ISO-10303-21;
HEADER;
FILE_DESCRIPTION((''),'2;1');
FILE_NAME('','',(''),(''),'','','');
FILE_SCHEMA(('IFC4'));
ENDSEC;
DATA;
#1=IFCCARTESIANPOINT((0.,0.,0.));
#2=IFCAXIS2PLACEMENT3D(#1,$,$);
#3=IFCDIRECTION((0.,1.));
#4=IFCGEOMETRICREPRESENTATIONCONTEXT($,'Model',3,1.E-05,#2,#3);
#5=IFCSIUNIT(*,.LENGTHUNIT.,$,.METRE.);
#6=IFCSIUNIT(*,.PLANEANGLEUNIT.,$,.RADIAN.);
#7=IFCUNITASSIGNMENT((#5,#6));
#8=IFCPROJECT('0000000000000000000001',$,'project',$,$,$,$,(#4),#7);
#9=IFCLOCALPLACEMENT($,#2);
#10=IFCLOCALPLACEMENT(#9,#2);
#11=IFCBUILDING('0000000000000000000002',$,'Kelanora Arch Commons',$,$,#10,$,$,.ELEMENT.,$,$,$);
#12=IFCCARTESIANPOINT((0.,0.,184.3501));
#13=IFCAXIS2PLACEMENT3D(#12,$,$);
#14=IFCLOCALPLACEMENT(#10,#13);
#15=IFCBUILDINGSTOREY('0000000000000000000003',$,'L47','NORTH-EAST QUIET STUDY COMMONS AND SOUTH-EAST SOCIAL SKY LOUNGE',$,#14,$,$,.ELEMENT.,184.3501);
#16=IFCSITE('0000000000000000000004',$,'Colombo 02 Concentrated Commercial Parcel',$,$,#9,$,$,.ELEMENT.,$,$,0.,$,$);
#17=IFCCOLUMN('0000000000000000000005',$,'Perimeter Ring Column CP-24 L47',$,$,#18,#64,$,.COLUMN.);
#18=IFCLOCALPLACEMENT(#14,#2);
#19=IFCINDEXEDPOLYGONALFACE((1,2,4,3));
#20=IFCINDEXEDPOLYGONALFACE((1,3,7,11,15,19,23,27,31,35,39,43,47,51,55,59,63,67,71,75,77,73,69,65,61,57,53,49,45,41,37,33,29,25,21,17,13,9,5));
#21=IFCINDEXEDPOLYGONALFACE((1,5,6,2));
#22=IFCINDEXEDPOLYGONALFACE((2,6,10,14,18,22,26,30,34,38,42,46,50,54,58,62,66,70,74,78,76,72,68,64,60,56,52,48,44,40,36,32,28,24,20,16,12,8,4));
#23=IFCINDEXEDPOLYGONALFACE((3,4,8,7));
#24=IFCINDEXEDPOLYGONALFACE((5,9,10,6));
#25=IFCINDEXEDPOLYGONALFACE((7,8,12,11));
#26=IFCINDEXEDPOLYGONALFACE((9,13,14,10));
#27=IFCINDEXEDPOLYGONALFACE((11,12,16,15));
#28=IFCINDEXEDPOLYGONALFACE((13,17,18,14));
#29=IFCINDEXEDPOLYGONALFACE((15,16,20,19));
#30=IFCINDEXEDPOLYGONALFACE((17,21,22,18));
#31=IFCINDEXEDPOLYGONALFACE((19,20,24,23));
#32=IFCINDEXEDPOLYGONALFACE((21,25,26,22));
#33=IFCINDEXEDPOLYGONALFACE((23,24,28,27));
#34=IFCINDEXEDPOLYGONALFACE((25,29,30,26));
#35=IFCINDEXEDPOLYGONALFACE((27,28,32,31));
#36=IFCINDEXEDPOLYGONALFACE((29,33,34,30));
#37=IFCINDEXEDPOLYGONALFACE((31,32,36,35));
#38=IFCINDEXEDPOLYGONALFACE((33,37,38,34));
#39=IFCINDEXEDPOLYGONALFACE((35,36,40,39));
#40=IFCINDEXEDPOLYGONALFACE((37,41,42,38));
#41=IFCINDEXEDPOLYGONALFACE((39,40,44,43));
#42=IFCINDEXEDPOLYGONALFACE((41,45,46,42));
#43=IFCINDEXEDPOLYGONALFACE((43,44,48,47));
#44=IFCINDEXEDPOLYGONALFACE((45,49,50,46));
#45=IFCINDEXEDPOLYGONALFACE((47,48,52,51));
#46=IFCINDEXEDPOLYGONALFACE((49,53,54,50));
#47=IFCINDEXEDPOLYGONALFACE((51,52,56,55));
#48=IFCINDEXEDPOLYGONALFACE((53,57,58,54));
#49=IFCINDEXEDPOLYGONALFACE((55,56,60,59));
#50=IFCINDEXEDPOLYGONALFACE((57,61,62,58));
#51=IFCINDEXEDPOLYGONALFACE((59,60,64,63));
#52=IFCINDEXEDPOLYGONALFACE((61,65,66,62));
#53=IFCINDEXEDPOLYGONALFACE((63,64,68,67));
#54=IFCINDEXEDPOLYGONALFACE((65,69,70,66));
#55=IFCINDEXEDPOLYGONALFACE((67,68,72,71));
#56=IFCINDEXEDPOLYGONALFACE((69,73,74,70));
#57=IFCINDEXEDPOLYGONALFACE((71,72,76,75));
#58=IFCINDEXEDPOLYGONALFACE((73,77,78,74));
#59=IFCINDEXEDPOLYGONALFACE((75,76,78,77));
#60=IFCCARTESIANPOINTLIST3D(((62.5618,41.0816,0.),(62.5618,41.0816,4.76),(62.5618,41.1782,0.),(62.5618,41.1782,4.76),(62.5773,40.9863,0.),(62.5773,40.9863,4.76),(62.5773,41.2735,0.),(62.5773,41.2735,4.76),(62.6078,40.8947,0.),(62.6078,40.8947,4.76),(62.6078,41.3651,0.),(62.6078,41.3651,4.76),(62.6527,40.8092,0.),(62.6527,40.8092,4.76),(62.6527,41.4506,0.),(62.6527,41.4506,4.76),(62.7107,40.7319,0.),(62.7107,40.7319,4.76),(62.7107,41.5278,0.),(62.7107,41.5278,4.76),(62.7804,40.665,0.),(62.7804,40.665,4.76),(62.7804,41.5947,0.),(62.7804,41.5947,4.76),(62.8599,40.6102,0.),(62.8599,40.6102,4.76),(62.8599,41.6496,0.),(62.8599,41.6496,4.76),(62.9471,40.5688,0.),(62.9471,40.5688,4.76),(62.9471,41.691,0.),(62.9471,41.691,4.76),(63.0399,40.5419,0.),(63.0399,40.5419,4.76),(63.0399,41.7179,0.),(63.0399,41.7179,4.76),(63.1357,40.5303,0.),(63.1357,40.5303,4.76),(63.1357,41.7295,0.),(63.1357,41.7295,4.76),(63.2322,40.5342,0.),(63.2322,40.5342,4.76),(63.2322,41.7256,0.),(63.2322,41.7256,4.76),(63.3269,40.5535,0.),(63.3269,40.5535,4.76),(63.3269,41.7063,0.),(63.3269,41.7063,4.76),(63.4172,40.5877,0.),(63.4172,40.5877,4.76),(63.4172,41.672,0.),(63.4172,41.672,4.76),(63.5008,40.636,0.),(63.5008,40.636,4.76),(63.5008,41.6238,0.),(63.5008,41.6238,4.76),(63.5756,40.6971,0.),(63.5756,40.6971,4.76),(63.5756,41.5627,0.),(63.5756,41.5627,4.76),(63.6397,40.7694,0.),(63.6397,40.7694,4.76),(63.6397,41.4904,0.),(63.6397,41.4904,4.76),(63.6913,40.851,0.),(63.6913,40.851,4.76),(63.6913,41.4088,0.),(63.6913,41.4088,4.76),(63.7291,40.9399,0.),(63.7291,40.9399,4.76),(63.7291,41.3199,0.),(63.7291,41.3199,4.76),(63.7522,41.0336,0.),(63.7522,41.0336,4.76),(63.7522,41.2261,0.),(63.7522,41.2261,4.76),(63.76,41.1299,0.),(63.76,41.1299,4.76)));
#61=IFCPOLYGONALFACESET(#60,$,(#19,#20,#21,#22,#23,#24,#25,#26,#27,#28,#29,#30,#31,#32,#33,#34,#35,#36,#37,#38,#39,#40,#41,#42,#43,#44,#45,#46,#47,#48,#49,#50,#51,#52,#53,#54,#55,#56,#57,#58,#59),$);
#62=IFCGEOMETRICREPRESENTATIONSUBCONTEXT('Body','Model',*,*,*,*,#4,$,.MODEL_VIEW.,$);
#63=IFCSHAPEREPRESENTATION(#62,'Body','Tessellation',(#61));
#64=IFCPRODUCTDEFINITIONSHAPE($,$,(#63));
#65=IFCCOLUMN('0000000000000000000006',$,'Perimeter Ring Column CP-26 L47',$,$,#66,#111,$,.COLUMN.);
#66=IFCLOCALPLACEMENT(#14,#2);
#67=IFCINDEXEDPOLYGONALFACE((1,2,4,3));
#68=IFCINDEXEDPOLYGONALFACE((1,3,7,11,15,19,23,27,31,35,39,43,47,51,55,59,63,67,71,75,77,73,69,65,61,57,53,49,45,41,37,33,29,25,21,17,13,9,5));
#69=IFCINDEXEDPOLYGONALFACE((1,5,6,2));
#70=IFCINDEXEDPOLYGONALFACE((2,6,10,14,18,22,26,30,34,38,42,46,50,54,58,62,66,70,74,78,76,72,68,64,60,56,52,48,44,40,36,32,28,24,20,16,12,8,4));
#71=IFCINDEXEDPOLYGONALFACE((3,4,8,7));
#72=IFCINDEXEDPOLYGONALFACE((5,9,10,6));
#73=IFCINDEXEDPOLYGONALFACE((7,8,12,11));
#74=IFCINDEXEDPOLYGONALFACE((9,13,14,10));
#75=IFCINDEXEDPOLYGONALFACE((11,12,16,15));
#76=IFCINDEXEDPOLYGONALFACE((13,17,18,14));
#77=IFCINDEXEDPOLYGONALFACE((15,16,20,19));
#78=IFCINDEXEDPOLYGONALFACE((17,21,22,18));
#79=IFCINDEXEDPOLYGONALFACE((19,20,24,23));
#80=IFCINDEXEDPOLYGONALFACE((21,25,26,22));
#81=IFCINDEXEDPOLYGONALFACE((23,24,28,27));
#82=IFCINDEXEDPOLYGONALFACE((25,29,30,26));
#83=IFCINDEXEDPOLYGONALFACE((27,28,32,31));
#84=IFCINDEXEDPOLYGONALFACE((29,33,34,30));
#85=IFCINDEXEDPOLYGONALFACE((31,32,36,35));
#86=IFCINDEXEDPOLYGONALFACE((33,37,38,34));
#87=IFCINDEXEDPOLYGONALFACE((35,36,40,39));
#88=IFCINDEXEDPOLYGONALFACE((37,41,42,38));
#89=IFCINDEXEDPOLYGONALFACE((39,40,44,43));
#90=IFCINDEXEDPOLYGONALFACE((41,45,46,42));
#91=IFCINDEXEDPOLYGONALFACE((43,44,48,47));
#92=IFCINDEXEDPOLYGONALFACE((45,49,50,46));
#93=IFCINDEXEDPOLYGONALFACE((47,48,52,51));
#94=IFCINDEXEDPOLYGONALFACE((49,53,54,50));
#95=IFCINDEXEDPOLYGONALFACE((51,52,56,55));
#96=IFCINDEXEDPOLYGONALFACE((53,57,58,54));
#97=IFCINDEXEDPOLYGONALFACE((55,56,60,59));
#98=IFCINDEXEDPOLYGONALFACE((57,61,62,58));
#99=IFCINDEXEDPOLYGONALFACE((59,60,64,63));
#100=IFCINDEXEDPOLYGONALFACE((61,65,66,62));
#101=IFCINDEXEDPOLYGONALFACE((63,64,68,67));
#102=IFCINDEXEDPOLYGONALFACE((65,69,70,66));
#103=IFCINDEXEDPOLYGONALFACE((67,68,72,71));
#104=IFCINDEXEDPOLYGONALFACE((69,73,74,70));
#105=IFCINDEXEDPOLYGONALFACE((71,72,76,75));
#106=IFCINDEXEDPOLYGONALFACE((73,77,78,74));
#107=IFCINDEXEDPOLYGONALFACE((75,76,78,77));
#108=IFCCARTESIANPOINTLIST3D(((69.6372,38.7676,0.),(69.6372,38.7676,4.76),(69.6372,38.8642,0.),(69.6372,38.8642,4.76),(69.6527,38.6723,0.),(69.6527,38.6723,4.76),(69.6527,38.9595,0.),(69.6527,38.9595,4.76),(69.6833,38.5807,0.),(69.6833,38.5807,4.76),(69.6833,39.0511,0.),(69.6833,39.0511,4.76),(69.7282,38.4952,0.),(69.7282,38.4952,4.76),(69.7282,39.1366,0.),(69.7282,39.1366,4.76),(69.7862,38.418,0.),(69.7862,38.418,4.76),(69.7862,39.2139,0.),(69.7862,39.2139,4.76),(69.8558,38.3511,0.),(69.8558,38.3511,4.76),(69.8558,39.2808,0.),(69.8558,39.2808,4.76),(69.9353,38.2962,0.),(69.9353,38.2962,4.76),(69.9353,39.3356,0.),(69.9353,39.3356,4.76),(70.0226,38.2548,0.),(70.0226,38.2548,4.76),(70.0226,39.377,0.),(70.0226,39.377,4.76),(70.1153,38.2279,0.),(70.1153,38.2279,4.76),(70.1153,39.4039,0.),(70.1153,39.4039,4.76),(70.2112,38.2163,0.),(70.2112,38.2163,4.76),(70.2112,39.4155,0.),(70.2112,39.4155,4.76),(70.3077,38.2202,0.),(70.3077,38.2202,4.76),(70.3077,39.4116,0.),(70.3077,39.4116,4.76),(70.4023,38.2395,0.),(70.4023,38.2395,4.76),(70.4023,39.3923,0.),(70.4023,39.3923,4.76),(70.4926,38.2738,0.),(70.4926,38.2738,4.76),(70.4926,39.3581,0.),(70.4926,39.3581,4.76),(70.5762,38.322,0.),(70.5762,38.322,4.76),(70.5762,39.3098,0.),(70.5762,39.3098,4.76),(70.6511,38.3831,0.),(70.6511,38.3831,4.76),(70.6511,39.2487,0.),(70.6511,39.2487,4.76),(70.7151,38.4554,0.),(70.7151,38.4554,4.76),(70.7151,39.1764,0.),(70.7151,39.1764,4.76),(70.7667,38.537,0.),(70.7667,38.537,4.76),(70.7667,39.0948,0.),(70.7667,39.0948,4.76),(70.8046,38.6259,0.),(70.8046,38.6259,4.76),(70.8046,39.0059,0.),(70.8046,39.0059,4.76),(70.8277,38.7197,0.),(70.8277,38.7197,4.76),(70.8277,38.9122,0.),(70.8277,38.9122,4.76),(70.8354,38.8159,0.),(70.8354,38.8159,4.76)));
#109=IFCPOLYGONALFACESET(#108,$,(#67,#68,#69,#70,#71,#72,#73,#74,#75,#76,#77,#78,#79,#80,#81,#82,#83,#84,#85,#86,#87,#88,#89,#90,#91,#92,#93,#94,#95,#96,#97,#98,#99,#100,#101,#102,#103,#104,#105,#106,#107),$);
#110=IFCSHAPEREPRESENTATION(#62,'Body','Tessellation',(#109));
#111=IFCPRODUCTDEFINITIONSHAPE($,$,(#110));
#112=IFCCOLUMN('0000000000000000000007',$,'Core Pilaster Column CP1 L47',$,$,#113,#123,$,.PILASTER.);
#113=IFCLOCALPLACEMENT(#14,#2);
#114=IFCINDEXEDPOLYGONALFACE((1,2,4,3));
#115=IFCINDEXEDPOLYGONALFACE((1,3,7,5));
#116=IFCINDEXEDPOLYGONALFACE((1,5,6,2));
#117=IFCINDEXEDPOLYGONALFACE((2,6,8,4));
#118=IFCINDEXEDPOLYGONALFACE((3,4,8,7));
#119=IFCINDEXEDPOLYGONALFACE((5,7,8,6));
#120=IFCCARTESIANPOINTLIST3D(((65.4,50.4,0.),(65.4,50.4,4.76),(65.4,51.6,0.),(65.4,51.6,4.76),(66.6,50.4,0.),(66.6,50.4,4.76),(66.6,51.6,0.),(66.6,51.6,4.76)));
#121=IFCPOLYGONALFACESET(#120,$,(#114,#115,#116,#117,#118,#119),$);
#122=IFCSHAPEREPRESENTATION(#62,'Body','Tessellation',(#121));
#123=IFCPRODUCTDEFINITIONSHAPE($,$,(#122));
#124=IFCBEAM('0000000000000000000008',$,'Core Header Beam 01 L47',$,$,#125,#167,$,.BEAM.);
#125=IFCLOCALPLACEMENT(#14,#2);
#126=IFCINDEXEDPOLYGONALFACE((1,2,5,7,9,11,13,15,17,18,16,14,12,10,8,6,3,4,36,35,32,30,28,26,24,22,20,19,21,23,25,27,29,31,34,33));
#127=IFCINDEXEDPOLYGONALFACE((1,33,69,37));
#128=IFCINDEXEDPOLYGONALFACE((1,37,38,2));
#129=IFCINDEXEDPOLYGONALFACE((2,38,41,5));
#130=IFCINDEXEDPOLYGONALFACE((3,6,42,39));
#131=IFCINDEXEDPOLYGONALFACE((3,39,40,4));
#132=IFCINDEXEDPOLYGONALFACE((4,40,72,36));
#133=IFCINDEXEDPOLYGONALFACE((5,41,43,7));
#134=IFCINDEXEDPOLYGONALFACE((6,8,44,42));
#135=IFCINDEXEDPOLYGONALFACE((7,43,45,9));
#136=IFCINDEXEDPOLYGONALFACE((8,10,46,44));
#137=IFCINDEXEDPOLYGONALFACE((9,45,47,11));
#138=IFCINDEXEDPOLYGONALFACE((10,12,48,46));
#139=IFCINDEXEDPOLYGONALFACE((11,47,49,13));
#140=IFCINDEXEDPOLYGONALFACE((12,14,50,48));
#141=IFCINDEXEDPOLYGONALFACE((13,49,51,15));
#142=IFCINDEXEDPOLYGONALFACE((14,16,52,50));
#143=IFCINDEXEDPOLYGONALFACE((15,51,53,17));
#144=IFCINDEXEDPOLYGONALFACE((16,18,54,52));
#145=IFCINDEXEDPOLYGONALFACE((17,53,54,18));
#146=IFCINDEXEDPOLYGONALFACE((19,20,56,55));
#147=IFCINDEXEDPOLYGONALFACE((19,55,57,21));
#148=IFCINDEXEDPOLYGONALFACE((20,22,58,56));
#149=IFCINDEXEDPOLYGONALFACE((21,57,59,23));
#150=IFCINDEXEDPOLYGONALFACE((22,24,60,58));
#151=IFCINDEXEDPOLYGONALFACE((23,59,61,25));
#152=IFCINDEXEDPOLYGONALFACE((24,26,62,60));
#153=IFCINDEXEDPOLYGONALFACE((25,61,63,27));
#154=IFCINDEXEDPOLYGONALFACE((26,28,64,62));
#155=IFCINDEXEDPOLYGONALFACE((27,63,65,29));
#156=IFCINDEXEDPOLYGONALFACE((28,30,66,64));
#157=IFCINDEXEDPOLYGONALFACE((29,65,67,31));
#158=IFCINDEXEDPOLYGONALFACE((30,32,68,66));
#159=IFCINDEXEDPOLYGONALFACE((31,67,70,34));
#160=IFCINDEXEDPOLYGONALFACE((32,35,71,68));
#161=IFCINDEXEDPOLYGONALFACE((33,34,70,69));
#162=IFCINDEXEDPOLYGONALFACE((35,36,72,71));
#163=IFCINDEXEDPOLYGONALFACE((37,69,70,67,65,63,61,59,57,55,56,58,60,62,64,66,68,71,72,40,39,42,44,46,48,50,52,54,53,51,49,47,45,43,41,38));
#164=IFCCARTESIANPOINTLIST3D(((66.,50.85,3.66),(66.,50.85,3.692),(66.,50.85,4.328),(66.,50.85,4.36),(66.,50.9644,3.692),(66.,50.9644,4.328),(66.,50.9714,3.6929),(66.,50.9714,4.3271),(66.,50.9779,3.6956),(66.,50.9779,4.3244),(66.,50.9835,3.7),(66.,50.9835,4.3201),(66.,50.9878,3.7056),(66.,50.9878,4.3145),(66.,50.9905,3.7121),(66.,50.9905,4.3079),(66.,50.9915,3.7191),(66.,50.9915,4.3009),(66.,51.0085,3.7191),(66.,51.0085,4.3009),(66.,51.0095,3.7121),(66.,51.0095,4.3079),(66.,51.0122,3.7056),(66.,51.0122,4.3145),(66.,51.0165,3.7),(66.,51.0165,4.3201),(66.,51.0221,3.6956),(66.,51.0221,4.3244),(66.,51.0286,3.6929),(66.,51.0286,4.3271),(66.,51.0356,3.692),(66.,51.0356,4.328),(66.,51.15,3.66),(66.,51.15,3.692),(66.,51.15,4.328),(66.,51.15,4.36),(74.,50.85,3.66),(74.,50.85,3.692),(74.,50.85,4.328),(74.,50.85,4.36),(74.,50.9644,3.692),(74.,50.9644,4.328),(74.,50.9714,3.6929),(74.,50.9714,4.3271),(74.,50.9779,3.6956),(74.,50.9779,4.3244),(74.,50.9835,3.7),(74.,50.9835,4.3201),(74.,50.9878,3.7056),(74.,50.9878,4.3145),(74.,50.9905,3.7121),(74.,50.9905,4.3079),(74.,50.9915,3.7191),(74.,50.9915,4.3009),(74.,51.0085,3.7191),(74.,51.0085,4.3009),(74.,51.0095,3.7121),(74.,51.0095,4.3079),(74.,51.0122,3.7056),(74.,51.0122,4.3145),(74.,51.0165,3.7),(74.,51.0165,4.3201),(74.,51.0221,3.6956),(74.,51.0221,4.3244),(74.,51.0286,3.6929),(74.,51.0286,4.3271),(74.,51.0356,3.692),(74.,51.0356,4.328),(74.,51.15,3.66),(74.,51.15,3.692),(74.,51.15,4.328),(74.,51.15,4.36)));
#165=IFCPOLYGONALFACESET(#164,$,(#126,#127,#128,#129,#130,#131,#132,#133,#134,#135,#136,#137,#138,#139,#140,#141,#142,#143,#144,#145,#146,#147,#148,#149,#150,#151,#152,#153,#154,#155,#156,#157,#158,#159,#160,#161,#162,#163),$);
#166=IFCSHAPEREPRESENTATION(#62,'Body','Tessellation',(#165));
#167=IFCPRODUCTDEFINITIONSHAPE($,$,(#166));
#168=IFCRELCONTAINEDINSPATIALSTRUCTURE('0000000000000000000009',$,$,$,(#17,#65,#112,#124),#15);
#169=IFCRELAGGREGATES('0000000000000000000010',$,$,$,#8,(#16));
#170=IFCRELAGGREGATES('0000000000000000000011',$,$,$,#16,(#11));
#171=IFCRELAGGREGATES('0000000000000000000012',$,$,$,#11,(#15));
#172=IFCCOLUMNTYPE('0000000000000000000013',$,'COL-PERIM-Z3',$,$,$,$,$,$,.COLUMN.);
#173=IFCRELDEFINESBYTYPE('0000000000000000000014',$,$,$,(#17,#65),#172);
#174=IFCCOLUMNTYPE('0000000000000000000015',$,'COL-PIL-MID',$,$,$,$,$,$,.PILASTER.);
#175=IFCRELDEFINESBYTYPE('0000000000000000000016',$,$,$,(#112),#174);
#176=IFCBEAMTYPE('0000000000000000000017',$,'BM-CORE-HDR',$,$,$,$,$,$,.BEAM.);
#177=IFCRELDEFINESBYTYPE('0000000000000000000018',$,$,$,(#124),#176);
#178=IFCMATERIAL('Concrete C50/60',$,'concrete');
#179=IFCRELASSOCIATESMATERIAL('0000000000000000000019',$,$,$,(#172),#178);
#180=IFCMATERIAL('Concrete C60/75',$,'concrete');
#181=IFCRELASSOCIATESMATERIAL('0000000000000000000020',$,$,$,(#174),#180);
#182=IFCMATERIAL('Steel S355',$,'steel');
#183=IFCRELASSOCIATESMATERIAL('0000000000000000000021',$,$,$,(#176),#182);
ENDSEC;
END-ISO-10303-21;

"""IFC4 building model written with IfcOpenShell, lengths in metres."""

from ifc_helpers import new_model, si_unit, direction, frame, origin, origin_2d, place, context, subcontext, project, spatial, rectangle, circle, i_section, extrude, material, material_profile, profile_set, type_object, element, save


model = new_model("IFC4")

# Units and contexts
model_context = context("Model", 3, precision=1e-05, world=origin(), true_north=direction((0.0, 1.0)))
body_context = subcontext(model_context, "Body", "Model", "MODEL_VIEW")
ifc_project = project(units=[si_unit("LENGTHUNIT", "METRE"), si_unit("PLANEANGLEUNIT", "RADIAN")], contexts=[model_context])

# Site, building, storey
site_placement = place(None, origin())
site = spatial("IfcSite", under=ifc_project, at=site_placement, Name="Colombo 02 Concentrated Commercial Parcel", CompositionType="ELEMENT", RefElevation=0.0)
building_placement = place(site_placement, origin())
building = spatial("IfcBuilding", under=site, at=building_placement, Name="Kelanora Arch Commons", CompositionType="ELEMENT")
storey_placement = place(building_placement, frame((0.0, 0.0, 184.3501)))
storey = spatial("IfcBuildingStorey", under=building, at=storey_placement, Name="L47", Description="NORTH-EAST QUIET STUDY COMMONS AND SOUTH-EAST SOCIAL SKY LOUNGE", CompositionType="ELEMENT", Elevation=184.3501)

# Columns
ifc_material_1 = material(Name="Concrete C50/60", Category="concrete")
ifc_material_profile_1 = material_profile(ifc_material_1, circle(Radius=0.6001, at=origin_2d()), Name="RCC1200")
ifc_profile_set_1 = profile_set([ifc_material_profile_1], Name="Concrete C50/60")
column_type_1 = type_object("IfcColumnType", Name="COL-PERIM-Z3", PredefinedType="COLUMN", material=ifc_profile_set_1)
for number, where, z_axis, x_axis, name in (
    (1, (63.1599, 41.1299, 0.0), (0.0, 0.0, 1.0), (1.0, 0.0, 0.0), "Perimeter Ring Column CP-24 L47"),
    (2, (70.2354, 38.8159, 0.0), (0.0, 0.0, 1.0), (1.0, 0.0, 0.0), "Perimeter Ring Column CP-26 L47"),
):
    element("IfcColumn", number, at=place(storey_placement, frame(where, z_axis=z_axis, x_axis=x_axis)), inside=storey, type_object=column_type_1, Name=name, PredefinedType="COLUMN", context=body_context, shape_type="SweptSolid", body=[
        extrude(circle(Radius=0.6001, at=origin_2d()), origin(), (0.0, 0.0, 1.0), 4.76),
    ])
ifc_material_2 = material(Name="Concrete C60/75", Category="concrete")
ifc_material_profile_2 = material_profile(ifc_material_2, rectangle(XDim=1.2, YDim=1.2, at=origin_2d()), Name="RC1200x1200")
ifc_profile_set_2 = profile_set([ifc_material_profile_2], Name="Concrete C60/75")
column_type_2 = type_object("IfcColumnType", Name="COL-PIL-MID", PredefinedType="PILASTER", material=ifc_profile_set_2)
column_placement = place(storey_placement, frame((66.0, 51.0, 0.0), z_axis=(0.0, 0.0, 1.0), x_axis=(1.0, 0.0, 0.0)))
element("IfcColumn", 3, at=column_placement, inside=storey, type_object=column_type_2, Name="Core Pilaster Column CP1 L47", PredefinedType="PILASTER", context=body_context, shape_type="SweptSolid", body=[
    extrude(rectangle(XDim=1.2, YDim=1.2, at=origin_2d()), origin(), (0.0, 0.0, 1.0), 4.76),
])

# Beam
ifc_material_3 = material(Name="Steel S355", Category="steel")
ifc_material_profile_3 = material_profile(ifc_material_3, i_section(OverallWidth=0.3, OverallDepth=0.7, WebThickness=0.0171, FlangeThickness=0.032, FilletRadius=0.0271, at=origin_2d()), Name="HEB700")
ifc_profile_set_3 = profile_set([ifc_material_profile_3], Name="Steel S355")
beam_type_1 = type_object("IfcBeamType", Name="BM-CORE-HDR", PredefinedType="BEAM", material=ifc_profile_set_3)
beam_1_placement = place(storey_placement, frame((66.0, 51.0, 4.01), z_axis=(1.0, 0.0, 0.0), x_axis=(0.0, 1.0, 0.0)))
element("IfcBeam", 4, at=beam_1_placement, inside=storey, type_object=beam_type_1, Name="Core Header Beam 01 L47", PredefinedType="BEAM", context=body_context, shape_type="SweptSolid", body=[
    extrude(i_section(OverallWidth=0.3, OverallDepth=0.7, WebThickness=0.0171, FlangeThickness=0.032, FilletRadius=0.0271, at=origin_2d()), origin(), (0.0, 0.0, 1.0), 8.0),
])

save(model, "model.ifc")
